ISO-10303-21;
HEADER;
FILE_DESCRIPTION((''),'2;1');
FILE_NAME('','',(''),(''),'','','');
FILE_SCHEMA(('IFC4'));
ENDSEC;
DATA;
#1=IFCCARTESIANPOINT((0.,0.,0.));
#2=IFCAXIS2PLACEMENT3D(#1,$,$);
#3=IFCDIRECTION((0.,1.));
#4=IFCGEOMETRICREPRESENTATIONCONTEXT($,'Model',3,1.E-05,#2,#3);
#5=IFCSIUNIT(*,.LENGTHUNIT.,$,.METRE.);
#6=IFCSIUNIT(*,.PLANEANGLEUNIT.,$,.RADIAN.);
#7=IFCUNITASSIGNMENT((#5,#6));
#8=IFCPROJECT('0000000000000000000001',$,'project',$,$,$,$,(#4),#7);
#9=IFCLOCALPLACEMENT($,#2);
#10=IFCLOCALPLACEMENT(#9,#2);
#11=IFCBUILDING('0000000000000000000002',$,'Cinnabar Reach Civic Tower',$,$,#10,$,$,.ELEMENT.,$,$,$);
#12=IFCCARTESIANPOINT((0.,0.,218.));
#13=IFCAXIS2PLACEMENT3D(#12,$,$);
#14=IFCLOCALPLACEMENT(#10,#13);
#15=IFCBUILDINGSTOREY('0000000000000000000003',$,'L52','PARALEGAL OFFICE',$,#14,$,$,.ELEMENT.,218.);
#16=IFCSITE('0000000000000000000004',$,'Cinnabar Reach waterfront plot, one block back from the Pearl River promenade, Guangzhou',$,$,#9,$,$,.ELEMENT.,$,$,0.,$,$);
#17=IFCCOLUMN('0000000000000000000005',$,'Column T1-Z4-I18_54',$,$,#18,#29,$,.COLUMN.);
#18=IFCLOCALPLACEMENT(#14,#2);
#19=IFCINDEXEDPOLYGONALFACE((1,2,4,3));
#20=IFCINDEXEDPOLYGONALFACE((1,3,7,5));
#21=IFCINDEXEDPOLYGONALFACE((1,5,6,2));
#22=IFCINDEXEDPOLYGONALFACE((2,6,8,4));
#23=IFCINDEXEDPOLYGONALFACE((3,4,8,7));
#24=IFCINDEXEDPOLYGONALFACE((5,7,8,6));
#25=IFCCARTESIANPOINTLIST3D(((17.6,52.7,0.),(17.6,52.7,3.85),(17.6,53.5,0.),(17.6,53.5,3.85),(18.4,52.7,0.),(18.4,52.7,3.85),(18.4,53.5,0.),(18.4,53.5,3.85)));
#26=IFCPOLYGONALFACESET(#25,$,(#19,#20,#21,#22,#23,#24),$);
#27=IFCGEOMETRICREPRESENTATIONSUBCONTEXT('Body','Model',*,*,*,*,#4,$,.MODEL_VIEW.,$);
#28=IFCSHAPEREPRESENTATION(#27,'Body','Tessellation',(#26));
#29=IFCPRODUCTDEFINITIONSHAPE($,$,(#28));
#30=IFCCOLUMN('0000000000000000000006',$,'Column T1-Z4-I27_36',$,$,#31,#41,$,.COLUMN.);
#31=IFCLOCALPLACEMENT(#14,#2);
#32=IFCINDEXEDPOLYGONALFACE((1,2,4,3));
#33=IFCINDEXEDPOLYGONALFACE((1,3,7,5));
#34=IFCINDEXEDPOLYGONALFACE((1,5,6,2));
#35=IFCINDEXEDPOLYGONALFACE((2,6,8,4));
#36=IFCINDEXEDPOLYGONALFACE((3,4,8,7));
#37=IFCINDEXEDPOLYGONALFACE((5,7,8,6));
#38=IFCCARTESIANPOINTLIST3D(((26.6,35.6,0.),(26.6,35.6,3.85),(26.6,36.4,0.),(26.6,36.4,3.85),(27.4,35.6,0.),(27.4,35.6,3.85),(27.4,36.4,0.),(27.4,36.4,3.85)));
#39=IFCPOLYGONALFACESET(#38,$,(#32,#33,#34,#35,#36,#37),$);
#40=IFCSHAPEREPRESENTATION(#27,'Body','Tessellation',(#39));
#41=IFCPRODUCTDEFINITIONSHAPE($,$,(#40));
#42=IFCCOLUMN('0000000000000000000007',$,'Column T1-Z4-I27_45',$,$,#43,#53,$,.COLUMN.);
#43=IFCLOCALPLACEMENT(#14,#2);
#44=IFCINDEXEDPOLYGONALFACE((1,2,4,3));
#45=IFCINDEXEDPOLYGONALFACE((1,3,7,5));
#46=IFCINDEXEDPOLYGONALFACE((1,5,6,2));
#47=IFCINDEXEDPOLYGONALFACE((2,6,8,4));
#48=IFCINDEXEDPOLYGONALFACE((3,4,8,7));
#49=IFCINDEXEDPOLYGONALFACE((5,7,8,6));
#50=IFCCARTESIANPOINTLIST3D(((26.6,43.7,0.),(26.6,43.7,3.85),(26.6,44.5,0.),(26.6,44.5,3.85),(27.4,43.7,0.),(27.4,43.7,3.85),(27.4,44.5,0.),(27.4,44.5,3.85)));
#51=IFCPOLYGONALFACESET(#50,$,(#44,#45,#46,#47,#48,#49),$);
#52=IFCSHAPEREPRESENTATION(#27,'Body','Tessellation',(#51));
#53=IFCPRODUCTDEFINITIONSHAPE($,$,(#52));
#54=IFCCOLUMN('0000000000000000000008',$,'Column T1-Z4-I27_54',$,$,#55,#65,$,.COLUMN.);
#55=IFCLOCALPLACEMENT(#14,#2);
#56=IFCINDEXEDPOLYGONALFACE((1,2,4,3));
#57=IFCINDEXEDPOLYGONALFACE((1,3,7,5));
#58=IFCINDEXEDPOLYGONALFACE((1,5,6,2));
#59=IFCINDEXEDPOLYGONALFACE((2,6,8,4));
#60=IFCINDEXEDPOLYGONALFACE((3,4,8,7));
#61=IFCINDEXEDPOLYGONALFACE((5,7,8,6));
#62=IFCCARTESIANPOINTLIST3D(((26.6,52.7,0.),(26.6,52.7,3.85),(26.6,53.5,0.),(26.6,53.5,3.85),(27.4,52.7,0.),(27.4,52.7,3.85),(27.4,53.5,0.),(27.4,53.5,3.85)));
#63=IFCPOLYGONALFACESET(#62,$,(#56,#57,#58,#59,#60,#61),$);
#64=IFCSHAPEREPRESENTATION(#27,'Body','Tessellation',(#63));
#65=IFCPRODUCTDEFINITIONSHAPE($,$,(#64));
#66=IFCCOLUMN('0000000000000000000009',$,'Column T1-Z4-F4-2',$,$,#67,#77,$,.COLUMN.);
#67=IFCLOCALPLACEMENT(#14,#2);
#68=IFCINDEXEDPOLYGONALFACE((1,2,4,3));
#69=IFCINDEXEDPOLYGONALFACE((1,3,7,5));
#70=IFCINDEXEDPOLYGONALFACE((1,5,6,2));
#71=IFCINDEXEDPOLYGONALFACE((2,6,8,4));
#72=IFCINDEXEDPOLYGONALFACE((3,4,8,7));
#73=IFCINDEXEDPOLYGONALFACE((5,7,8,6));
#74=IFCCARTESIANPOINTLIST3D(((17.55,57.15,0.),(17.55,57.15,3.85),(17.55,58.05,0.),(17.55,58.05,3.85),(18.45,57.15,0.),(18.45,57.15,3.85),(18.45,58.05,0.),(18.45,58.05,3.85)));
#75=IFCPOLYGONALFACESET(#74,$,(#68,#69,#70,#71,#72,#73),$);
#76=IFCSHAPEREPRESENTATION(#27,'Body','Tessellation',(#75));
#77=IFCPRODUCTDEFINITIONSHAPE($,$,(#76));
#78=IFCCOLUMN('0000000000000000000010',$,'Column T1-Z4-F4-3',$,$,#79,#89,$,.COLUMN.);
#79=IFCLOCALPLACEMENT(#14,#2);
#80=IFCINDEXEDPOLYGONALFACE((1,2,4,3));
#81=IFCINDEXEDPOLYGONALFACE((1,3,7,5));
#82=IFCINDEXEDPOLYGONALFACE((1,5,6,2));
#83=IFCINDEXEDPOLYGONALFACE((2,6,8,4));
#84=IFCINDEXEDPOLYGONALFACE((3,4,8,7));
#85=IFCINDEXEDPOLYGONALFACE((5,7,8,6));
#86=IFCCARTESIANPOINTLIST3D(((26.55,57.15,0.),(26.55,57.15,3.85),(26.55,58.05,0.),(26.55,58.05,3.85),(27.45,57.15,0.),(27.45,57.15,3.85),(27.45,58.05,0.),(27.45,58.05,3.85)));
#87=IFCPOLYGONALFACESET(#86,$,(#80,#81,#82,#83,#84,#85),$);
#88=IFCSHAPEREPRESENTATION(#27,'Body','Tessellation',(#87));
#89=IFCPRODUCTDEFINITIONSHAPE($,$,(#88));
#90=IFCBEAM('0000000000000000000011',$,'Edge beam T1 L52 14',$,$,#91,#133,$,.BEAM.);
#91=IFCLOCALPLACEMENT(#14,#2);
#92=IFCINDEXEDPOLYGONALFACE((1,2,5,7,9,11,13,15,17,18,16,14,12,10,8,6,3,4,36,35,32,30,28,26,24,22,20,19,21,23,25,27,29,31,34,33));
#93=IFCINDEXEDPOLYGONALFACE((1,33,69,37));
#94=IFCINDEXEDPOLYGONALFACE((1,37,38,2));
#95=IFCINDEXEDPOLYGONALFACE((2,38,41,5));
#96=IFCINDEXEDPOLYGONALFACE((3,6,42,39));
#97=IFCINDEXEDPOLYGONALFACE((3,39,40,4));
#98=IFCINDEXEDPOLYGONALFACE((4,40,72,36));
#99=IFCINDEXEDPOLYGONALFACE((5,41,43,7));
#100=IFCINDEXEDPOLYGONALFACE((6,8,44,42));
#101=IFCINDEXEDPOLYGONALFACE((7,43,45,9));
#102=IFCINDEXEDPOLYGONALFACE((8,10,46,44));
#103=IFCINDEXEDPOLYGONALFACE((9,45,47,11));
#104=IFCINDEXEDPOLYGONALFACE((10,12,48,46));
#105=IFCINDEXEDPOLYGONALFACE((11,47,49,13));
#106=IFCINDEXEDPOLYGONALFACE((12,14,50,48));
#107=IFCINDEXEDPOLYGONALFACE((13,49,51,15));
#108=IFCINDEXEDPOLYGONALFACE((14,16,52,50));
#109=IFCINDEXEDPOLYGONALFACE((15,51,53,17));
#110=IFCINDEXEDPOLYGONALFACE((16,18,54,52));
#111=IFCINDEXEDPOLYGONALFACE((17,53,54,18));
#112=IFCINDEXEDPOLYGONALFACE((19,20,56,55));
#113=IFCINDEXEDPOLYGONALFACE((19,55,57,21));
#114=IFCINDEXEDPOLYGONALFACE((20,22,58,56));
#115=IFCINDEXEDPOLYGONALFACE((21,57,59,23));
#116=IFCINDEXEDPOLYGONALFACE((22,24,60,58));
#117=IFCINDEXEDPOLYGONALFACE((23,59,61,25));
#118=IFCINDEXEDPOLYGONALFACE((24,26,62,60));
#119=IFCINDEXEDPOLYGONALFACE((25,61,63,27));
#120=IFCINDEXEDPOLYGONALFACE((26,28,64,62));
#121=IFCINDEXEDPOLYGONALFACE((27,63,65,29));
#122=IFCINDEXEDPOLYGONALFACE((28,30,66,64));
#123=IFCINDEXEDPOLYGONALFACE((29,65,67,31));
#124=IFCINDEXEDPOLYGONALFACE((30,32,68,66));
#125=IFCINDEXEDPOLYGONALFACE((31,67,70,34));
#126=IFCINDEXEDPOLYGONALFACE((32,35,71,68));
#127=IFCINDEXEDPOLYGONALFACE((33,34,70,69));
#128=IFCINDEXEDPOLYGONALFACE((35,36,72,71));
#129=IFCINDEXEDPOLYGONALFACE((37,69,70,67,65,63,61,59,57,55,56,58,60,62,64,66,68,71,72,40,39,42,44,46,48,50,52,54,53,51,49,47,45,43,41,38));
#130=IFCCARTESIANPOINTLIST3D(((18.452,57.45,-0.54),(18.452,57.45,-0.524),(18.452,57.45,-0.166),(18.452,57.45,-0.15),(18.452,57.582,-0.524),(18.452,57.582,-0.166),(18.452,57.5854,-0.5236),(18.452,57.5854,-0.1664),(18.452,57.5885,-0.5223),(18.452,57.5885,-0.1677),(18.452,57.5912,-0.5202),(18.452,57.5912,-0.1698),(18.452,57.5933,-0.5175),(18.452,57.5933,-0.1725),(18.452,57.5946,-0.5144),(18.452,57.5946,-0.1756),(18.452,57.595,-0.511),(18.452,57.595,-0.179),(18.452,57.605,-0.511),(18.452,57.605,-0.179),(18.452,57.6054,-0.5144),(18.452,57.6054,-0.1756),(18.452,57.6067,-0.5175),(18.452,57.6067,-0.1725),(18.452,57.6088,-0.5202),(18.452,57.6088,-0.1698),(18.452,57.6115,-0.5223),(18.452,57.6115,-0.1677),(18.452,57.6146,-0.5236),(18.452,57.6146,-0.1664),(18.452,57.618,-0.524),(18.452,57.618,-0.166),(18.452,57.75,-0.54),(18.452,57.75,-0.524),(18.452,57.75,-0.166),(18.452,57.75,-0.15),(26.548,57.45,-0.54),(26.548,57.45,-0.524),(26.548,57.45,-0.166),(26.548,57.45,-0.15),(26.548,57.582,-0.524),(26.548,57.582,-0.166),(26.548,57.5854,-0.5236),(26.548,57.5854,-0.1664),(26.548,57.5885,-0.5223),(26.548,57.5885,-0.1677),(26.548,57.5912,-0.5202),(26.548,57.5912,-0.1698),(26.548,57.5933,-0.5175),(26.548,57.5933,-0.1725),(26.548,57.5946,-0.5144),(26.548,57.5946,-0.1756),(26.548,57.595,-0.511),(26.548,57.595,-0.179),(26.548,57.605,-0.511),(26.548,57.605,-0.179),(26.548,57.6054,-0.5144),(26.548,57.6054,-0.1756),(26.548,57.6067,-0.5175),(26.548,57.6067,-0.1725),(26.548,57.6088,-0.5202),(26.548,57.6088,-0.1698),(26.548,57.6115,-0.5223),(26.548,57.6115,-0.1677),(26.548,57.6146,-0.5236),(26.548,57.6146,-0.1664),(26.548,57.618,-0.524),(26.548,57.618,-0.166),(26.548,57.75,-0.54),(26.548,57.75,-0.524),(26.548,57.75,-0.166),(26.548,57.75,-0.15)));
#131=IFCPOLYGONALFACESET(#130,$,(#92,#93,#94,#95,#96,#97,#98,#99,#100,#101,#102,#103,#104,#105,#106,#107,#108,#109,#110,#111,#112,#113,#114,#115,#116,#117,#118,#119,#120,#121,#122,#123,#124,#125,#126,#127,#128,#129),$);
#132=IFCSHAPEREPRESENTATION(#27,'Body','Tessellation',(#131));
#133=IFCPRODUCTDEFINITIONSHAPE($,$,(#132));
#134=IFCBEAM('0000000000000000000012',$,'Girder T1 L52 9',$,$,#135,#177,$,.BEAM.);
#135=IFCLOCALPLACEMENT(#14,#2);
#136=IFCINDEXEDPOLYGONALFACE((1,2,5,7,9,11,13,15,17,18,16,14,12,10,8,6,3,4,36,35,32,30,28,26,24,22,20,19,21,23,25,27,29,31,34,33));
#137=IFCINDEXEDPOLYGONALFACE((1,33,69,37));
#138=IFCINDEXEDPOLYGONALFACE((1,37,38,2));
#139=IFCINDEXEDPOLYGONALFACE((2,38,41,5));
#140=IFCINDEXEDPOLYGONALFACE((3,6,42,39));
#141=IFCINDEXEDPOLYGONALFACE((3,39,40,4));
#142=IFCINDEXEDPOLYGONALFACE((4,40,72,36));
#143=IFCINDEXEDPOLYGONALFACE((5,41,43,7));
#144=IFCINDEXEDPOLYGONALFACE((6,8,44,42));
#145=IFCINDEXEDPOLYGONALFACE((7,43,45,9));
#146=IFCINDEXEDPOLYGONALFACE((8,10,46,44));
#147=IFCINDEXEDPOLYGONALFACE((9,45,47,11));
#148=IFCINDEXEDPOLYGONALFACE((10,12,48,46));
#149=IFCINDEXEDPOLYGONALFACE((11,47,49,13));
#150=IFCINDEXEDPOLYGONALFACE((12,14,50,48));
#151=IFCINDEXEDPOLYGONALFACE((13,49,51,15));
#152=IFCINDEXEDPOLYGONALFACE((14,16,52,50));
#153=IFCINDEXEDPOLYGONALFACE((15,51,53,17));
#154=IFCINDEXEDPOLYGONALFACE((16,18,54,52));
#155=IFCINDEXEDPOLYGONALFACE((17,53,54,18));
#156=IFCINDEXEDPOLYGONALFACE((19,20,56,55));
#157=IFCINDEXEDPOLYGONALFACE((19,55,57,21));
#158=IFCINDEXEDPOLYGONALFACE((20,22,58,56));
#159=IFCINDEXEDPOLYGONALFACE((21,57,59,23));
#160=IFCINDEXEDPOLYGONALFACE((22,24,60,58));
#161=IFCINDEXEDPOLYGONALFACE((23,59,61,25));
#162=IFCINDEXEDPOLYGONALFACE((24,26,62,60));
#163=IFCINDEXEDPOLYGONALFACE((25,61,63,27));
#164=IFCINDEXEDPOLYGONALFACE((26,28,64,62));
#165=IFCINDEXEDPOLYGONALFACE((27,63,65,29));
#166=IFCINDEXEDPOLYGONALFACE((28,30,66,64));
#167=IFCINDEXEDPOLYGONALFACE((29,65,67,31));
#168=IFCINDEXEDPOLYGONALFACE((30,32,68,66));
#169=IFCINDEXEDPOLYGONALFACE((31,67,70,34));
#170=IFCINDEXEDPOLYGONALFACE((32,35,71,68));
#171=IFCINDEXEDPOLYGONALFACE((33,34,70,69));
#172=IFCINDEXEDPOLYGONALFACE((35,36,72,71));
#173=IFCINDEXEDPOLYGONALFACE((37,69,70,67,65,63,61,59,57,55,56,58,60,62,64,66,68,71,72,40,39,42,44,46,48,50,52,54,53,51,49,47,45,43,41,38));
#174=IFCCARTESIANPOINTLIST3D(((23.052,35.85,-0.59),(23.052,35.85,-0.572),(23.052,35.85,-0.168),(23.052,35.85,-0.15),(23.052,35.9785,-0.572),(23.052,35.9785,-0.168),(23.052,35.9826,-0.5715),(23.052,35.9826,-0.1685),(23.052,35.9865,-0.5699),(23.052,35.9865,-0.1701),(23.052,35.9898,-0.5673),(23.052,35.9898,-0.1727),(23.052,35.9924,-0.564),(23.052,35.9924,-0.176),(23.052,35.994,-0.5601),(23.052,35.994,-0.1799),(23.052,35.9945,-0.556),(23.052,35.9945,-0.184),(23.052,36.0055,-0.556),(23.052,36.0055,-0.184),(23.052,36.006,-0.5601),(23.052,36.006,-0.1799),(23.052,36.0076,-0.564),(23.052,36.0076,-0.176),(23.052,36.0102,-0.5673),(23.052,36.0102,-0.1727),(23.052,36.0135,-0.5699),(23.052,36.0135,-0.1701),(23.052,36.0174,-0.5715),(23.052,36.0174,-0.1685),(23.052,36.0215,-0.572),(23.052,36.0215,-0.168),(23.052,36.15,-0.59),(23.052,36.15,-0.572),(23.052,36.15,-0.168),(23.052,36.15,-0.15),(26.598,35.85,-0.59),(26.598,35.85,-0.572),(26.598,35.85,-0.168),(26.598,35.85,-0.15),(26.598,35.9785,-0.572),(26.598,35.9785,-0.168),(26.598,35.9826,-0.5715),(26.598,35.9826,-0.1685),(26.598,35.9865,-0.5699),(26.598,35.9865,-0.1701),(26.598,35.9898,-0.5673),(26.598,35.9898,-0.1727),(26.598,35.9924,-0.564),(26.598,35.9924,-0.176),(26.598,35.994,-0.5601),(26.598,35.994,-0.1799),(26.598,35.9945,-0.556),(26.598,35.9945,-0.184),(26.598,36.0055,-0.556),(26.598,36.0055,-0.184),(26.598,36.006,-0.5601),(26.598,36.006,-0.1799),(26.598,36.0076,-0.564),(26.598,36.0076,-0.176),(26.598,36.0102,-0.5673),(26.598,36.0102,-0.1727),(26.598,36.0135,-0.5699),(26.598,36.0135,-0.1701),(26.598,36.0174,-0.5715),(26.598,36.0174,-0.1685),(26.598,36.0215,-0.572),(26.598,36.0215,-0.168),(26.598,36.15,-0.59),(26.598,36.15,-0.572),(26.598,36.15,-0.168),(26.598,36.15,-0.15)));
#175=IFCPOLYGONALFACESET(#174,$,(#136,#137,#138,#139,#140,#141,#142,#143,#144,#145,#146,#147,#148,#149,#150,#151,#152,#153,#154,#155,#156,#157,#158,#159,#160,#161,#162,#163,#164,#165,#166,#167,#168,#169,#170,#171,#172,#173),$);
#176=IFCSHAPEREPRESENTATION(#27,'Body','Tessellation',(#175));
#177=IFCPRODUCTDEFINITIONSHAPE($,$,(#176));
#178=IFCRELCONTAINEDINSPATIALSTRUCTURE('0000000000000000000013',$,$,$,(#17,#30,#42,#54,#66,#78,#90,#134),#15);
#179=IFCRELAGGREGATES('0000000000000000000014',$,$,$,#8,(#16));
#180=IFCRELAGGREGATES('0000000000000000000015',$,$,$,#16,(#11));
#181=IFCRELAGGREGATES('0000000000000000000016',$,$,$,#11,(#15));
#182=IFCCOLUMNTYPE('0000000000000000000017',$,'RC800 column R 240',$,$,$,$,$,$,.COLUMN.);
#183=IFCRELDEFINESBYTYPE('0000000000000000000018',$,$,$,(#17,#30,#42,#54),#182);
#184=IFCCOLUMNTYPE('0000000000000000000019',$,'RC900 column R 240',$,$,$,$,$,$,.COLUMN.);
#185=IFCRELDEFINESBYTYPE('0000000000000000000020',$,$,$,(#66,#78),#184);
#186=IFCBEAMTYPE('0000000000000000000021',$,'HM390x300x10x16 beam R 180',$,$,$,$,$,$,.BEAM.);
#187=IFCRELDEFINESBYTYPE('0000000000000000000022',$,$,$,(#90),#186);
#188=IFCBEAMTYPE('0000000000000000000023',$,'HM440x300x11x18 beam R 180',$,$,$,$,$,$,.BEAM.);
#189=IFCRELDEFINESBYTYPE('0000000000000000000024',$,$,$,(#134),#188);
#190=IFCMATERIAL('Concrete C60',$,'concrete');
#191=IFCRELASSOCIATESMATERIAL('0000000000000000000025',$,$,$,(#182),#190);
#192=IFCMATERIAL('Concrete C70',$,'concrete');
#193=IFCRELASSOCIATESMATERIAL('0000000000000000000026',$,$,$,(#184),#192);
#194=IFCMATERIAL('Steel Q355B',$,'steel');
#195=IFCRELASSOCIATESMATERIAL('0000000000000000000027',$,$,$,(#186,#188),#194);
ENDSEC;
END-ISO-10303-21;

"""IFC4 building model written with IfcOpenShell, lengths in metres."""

from ifc_helpers import new_model, si_unit, direction, frame, origin, origin_2d, place, context, subcontext, project, spatial, rectangle, i_section, extrude, material, material_profile, profile_set, type_object, element, save


model = new_model("IFC4")

# Units and contexts
model_context = context("Model", 3, precision=1e-05, world=origin(), true_north=direction((0.0, 1.0)))
body_context = subcontext(model_context, "Body", "Model", "MODEL_VIEW")
ifc_project = project(units=[si_unit("LENGTHUNIT", "METRE"), si_unit("PLANEANGLEUNIT", "RADIAN")], contexts=[model_context])

# Site, building, storey
site_placement = place(None, origin())
site = spatial("IfcSite", under=ifc_project, at=site_placement, Name="Cinnabar Reach waterfront plot, one block back from the Pearl River promenade, Guangzhou", CompositionType="ELEMENT", RefElevation=0.0)
building_placement = place(site_placement, origin())
building = spatial("IfcBuilding", under=site, at=building_placement, Name="Cinnabar Reach Civic Tower", CompositionType="ELEMENT")
storey_placement = place(building_placement, frame((0.0, 0.0, 218.0)))
storey = spatial("IfcBuildingStorey", under=building, at=storey_placement, Name="L52", Description="PARALEGAL OFFICE", CompositionType="ELEMENT", Elevation=218.0)

# Columns
ifc_material_1 = material(Name="Concrete C60", Category="concrete")
ifc_material_profile_1 = material_profile(ifc_material_1, rectangle(XDim=0.8, YDim=0.8, at=origin_2d()), Name="RC800")
ifc_profile_set_1 = profile_set([ifc_material_profile_1], Name="Concrete C60")
column_type_1 = type_object("IfcColumnType", Name="RC800 column R 240", PredefinedType="COLUMN", material=ifc_profile_set_1)
for number, where, z_axis, x_axis, name in (
    (1, (18.0, 53.1, 0.0), (0.0, 0.0, 1.0), (1.0, 0.0, 0.0), "Column T1-Z4-I18_54"),
    (2, (27.0, 36.0, 0.0), (0.0, 0.0, 1.0), (1.0, 0.0, 0.0), "Column T1-Z4-I27_36"),
    (3, (27.0, 44.1, 0.0), (0.0, 0.0, 1.0), (1.0, 0.0, 0.0), "Column T1-Z4-I27_45"),
    (4, (27.0, 53.1, 0.0), (0.0, 0.0, 1.0), (1.0, 0.0, 0.0), "Column T1-Z4-I27_54"),
):
    element("IfcColumn", number, at=place(storey_placement, frame(where, z_axis=z_axis, x_axis=x_axis)), inside=storey, type_object=column_type_1, Name=name, PredefinedType="COLUMN", context=body_context, shape_type="SweptSolid", body=[
        extrude(rectangle(XDim=0.8, YDim=0.8, at=origin_2d()), origin(), (0.0, 0.0, 1.0), 3.85),
    ])
ifc_material_2 = material(Name="Concrete C70", Category="concrete")
ifc_material_profile_2 = material_profile(ifc_material_2, rectangle(XDim=0.9, YDim=0.9, at=origin_2d()), Name="RC900")
ifc_profile_set_2 = profile_set([ifc_material_profile_2], Name="Concrete C70")
column_type_2 = type_object("IfcColumnType", Name="RC900 column R 240", PredefinedType="COLUMN", material=ifc_profile_set_2)
for number, where, z_axis, x_axis, name in (
    (5, (18.0, 57.6, 0.0), (0.0, 0.0, 1.0), (1.0, 0.0, 0.0), "Column T1-Z4-F4-2"),
    (6, (27.0, 57.6, 0.0), (0.0, 0.0, 1.0), (1.0, 0.0, 0.0), "Column T1-Z4-F4-3"),
):
    element("IfcColumn", number, at=place(storey_placement, frame(where, z_axis=z_axis, x_axis=x_axis)), inside=storey, type_object=column_type_2, Name=name, PredefinedType="COLUMN", context=body_context, shape_type="SweptSolid", body=[
        extrude(rectangle(XDim=0.9, YDim=0.9, at=origin_2d()), origin(), (0.0, 0.0, 1.0), 3.85),
    ])

# Beams
ifc_material_3 = material(Name="Steel Q355B", Category="steel")
ifc_material_profile_3 = material_profile(ifc_material_3, i_section(OverallWidth=0.3, OverallDepth=0.39, WebThickness=0.01, FlangeThickness=0.016, FilletRadius=0.013, at=origin_2d()), Name="HM390x300x10x16")
ifc_profile_set_3 = profile_set([ifc_material_profile_3], Name="Steel Q355B")
beam_type_1 = type_object("IfcBeamType", Name="HM390x300x10x16 beam R 180", PredefinedType="BEAM", material=ifc_profile_set_3)
beam_1_placement = place(storey_placement, frame((26.548, 57.6, -0.345), z_axis=(-1.0, 0.0, 0.0), x_axis=(0.0, -1.0, 0.0)))
element("IfcBeam", 7, at=beam_1_placement, inside=storey, type_object=beam_type_1, Name="Edge beam T1 L52 14", PredefinedType="BEAM", context=body_context, shape_type="SweptSolid", body=[
    extrude(i_section(OverallWidth=0.3, OverallDepth=0.39, WebThickness=0.01, FlangeThickness=0.016, FilletRadius=0.013, at=origin_2d()), origin(), (0.0, 0.0, 1.0), 8.096),
])
ifc_material_profile_4 = material_profile(ifc_material_3, i_section(OverallWidth=0.3, OverallDepth=0.44, WebThickness=0.011, FlangeThickness=0.018, FilletRadius=0.016, at=origin_2d()), Name="HM440x300x11x18")
ifc_profile_set_4 = profile_set([ifc_material_profile_4], Name="Steel Q355B")
beam_type_2 = type_object("IfcBeamType", Name="HM440x300x11x18 beam R 180", PredefinedType="BEAM", material=ifc_profile_set_4)
beam_2_placement = place(storey_placement, frame((23.052, 36.0, -0.37), z_axis=(1.0, 0.0, 0.0), x_axis=(0.0, 1.0, 0.0)))
element("IfcBeam", 8, at=beam_2_placement, inside=storey, type_object=beam_type_2, Name="Girder T1 L52 9", PredefinedType="BEAM", context=body_context, shape_type="SweptSolid", body=[
    extrude(i_section(OverallWidth=0.3, OverallDepth=0.44, WebThickness=0.011, FlangeThickness=0.018, FilletRadius=0.016, at=origin_2d()), origin(), (0.0, 0.0, 1.0), 3.546),
])

save(model, "model.ifc")
